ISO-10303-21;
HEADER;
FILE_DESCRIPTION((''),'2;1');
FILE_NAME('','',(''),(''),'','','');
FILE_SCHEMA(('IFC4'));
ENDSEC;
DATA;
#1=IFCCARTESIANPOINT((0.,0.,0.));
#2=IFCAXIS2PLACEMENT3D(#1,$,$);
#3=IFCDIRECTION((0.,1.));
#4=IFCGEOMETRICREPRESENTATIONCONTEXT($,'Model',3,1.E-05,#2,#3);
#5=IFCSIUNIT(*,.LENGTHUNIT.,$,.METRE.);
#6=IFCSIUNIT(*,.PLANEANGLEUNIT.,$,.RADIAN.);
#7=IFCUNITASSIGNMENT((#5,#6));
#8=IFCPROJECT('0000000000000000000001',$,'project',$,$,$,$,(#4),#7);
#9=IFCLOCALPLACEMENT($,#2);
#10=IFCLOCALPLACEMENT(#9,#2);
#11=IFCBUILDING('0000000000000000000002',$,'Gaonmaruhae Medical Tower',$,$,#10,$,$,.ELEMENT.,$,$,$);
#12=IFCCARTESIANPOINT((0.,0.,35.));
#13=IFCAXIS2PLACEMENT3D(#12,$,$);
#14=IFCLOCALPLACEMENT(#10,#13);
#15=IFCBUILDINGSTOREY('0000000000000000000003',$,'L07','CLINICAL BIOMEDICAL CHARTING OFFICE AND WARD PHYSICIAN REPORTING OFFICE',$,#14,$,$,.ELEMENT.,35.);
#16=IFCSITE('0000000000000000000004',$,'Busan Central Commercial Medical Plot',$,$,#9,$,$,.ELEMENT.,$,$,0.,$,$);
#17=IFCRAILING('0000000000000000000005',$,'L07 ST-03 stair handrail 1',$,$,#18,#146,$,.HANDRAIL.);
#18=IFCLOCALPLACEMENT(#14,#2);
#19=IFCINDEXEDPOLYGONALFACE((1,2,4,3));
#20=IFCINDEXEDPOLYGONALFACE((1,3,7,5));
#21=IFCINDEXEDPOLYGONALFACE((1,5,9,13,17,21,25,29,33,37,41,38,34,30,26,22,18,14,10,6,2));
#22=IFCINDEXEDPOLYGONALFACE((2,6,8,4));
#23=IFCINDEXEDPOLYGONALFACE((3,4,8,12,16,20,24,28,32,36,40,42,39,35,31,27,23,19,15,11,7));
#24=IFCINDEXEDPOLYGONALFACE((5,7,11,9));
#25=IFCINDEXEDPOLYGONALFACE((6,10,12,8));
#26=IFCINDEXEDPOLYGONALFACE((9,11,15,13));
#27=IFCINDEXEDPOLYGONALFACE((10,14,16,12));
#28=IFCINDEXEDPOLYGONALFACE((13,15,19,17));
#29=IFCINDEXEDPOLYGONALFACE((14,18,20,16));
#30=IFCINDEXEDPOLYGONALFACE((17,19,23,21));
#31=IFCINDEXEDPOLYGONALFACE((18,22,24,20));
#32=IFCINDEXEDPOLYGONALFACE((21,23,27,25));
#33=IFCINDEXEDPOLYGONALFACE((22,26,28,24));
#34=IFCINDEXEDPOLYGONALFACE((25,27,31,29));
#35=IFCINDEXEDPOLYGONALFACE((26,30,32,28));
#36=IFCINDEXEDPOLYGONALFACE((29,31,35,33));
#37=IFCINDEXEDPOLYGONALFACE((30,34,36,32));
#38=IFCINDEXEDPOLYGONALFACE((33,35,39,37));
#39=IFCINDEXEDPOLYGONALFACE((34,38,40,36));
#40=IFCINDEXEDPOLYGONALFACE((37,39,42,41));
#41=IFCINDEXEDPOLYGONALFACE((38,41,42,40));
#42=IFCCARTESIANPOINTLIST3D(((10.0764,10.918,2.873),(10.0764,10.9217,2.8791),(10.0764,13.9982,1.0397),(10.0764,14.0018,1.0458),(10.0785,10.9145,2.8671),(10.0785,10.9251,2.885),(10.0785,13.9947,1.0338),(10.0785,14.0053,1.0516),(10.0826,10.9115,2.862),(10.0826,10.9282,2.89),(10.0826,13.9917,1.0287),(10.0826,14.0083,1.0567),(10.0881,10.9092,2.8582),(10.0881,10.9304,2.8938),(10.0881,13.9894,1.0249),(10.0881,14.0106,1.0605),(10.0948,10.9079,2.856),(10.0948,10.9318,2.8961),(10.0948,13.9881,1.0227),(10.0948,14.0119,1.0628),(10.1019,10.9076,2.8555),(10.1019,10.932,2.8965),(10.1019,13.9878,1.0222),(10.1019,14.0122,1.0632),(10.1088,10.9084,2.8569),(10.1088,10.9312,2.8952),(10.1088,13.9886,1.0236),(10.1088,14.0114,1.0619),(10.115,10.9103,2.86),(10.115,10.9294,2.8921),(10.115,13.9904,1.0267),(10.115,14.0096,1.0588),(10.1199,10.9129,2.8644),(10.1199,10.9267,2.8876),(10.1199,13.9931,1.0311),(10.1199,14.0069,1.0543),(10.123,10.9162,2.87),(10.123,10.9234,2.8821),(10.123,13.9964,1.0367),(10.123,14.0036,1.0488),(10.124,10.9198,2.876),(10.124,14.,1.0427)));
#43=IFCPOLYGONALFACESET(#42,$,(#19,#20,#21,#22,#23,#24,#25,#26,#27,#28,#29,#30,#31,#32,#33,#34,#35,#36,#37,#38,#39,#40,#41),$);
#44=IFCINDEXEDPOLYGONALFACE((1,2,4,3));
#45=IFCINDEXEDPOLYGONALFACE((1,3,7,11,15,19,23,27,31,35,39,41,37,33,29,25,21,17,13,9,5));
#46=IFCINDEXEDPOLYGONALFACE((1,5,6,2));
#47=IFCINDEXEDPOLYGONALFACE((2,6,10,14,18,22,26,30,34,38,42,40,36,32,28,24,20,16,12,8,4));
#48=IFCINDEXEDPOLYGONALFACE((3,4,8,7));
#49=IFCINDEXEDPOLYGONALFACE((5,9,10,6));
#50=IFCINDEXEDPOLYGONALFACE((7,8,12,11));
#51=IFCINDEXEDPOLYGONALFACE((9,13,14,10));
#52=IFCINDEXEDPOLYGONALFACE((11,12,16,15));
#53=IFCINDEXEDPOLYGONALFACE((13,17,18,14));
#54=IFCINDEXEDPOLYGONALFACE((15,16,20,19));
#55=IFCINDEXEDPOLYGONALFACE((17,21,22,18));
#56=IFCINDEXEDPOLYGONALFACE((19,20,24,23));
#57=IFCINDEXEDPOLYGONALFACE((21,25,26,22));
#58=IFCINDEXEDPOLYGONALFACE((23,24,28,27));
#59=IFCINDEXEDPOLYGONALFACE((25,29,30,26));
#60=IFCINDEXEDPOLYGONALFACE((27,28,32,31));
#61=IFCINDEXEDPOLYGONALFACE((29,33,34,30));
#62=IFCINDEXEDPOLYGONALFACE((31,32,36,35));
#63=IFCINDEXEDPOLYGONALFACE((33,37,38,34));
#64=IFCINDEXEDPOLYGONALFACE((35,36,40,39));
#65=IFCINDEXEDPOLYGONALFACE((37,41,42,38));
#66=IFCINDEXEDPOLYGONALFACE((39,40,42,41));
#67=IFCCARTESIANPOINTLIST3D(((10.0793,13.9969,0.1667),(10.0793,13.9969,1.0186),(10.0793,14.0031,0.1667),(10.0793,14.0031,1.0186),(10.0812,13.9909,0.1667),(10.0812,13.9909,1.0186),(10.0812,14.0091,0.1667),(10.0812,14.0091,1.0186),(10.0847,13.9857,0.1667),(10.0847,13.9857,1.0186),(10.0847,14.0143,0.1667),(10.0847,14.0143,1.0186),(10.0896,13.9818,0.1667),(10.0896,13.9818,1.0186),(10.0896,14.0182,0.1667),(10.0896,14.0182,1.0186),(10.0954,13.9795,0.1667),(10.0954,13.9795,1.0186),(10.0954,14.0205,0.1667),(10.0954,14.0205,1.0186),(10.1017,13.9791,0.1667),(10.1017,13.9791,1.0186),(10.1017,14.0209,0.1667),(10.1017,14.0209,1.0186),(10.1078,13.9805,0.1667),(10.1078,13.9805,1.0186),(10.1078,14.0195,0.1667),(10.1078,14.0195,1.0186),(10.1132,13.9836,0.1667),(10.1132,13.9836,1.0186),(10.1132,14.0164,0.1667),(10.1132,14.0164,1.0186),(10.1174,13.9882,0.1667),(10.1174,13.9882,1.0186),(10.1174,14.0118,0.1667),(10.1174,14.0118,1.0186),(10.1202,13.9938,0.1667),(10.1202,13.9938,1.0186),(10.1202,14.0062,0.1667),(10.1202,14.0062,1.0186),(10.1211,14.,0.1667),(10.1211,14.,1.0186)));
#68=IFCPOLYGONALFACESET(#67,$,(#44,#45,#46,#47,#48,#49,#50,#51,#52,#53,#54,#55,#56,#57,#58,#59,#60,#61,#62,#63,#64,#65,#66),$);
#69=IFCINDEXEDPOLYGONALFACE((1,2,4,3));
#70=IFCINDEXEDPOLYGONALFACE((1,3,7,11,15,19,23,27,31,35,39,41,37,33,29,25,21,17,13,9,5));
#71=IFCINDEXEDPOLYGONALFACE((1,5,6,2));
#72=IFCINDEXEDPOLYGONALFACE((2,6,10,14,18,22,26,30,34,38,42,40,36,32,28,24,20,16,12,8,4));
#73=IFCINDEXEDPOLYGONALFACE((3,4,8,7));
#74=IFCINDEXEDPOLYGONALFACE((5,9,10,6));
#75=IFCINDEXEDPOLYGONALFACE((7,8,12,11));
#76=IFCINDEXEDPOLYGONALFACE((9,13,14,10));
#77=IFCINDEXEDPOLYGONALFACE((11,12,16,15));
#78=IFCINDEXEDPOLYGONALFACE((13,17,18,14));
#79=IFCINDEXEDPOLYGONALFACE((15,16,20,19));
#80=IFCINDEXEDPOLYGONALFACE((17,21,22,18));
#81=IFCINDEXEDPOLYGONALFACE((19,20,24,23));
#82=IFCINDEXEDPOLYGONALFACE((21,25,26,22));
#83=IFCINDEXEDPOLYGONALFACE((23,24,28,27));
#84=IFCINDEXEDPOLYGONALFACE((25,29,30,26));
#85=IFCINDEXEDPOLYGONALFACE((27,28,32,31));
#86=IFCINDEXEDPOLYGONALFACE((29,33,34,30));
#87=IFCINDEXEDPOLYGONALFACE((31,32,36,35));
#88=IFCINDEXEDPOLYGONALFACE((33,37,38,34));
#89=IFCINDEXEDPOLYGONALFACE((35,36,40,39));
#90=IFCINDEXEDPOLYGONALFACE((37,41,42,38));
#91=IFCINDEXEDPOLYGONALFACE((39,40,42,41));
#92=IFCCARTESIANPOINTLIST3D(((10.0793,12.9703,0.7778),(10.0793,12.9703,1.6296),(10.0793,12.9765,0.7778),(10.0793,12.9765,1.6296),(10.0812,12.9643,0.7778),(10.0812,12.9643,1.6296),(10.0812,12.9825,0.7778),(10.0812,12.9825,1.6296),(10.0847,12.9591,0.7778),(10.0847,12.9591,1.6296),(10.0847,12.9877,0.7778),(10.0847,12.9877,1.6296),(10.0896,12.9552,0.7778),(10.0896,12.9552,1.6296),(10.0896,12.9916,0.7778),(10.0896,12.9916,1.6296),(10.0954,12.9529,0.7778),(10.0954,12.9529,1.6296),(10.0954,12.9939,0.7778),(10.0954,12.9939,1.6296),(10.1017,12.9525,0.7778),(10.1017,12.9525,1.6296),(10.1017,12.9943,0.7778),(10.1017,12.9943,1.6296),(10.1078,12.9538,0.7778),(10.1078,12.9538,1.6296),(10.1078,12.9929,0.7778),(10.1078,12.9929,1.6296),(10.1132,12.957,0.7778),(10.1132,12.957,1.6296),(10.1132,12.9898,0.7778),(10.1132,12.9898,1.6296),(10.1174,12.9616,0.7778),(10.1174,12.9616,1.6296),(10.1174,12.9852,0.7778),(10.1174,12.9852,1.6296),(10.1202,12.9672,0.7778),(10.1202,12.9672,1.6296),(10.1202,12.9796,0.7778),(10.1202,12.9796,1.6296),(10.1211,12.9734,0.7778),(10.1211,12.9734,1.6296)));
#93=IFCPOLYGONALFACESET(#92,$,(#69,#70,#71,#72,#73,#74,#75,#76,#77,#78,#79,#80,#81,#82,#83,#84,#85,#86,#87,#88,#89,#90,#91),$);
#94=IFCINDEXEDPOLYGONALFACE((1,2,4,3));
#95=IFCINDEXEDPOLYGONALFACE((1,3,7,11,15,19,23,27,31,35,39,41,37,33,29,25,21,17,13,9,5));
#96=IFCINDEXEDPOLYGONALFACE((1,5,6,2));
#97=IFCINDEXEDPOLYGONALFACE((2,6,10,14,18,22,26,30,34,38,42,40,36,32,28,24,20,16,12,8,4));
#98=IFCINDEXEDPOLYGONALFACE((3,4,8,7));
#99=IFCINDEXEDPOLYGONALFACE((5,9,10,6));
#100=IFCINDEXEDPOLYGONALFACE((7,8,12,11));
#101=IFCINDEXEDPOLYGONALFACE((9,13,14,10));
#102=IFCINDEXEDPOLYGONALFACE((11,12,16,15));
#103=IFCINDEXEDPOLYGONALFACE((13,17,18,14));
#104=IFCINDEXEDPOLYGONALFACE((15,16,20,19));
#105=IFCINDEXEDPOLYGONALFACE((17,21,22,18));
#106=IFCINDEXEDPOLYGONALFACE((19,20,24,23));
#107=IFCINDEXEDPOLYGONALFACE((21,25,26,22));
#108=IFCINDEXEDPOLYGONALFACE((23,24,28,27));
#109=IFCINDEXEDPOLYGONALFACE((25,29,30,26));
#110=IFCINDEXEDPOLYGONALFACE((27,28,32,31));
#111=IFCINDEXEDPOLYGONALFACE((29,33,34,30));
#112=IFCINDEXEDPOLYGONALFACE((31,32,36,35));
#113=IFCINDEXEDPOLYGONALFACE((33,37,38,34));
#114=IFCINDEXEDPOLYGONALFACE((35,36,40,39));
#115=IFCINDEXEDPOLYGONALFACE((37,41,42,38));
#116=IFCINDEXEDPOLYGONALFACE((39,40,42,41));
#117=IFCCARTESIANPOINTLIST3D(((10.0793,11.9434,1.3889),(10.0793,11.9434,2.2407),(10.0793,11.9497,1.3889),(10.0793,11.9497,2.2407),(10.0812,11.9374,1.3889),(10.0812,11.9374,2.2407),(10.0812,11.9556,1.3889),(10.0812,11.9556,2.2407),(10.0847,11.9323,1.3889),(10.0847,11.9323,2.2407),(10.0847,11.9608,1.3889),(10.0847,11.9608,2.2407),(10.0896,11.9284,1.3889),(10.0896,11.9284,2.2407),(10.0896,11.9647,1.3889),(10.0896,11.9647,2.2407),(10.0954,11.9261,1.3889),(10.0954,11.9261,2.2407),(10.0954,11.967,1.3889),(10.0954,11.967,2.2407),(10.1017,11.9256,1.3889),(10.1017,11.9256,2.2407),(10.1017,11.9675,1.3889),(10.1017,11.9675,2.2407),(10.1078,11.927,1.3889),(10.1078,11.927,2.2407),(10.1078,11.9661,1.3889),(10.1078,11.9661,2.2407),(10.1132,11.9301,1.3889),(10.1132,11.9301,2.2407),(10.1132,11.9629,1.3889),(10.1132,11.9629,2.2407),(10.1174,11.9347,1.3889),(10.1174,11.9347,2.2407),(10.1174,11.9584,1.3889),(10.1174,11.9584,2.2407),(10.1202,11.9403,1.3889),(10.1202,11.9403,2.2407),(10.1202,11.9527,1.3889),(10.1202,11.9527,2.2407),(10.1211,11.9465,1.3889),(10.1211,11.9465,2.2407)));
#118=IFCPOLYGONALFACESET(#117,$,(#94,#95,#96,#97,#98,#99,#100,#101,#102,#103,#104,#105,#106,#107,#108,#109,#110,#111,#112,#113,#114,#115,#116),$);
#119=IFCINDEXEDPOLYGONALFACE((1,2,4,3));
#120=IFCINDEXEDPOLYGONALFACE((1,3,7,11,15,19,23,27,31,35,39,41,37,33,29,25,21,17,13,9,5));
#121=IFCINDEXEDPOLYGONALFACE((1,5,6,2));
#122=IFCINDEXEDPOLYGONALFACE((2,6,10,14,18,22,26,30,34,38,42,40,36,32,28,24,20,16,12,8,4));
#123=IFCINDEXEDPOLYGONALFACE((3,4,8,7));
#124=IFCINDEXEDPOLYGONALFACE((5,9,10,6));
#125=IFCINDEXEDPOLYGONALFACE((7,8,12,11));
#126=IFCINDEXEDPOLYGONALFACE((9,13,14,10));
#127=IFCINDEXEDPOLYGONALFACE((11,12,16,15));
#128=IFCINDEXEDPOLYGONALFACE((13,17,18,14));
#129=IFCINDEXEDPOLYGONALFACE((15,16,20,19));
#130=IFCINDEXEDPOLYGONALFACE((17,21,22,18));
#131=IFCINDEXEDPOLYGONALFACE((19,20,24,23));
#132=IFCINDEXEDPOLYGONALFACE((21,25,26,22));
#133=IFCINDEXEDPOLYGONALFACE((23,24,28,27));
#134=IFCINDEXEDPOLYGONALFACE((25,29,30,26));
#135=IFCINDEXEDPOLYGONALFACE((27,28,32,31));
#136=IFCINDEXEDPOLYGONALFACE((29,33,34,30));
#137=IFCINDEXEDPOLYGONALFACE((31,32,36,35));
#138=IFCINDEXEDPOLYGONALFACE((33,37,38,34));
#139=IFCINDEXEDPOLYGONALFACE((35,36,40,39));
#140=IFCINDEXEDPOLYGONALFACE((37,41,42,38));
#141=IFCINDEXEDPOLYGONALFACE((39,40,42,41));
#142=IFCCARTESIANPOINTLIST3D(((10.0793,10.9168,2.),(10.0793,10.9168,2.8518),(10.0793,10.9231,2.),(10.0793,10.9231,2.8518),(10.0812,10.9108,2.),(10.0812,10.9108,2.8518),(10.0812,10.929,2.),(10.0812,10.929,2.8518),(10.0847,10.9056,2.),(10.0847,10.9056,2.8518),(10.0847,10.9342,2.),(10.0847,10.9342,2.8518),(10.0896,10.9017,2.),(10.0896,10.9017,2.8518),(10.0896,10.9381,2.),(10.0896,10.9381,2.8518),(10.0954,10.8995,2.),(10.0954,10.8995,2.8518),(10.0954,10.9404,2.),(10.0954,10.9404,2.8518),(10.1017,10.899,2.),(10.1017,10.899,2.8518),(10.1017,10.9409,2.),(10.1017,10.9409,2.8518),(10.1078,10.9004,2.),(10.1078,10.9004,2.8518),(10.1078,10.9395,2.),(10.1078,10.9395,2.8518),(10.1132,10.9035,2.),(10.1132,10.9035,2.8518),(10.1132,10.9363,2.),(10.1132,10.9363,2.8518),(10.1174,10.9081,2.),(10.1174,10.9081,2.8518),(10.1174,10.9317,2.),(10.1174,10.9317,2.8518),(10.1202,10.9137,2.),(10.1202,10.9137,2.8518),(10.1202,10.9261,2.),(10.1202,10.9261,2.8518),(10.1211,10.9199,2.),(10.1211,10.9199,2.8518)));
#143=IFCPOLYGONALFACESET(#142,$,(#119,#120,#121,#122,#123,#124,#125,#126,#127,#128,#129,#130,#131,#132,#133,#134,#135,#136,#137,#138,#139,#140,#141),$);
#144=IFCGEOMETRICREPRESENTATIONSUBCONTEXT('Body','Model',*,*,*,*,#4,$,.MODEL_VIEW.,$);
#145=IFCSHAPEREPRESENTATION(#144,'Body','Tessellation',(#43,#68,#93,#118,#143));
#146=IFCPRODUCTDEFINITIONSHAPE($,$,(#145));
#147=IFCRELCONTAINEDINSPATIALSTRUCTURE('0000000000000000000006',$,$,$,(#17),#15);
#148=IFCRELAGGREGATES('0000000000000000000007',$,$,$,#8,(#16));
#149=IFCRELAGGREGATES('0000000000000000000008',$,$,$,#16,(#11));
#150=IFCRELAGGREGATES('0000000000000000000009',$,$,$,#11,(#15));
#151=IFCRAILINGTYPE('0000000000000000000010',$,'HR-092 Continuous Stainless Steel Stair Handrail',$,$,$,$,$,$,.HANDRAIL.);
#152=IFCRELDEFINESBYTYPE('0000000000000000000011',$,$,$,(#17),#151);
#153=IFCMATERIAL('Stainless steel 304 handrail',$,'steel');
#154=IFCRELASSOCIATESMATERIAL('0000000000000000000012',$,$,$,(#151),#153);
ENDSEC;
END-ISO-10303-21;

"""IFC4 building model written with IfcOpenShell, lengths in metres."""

from ifc_helpers import new_model, si_unit, direction, frame, origin, origin_2d, place, context, subcontext, project, spatial, circle, extrude, material, type_object, element, save


model = new_model("IFC4")

# Units and contexts
model_context = context("Model", 3, precision=1e-05, world=origin(), true_north=direction((0.0, 1.0)))
body_context = subcontext(model_context, "Body", "Model", "MODEL_VIEW")
ifc_project = project(units=[si_unit("LENGTHUNIT", "METRE"), si_unit("PLANEANGLEUNIT", "RADIAN")], contexts=[model_context])

# Site, building, storey
site_placement = place(None, origin())
site = spatial("IfcSite", under=ifc_project, at=site_placement, Name="Busan Central Commercial Medical Plot", CompositionType="ELEMENT", RefElevation=0.0)
building_placement = place(site_placement, origin())
building = spatial("IfcBuilding", under=site, at=building_placement, Name="Gaonmaruhae Medical Tower", CompositionType="ELEMENT")
storey_placement = place(building_placement, frame((0.0, 0.0, 35.0)))
storey = spatial("IfcBuildingStorey", under=building, at=storey_placement, Name="L07", Description="CLINICAL BIOMEDICAL CHARTING OFFICE AND WARD PHYSICIAN REPORTING OFFICE", CompositionType="ELEMENT", Elevation=35.0)

# Railing
ifc_material_1 = material(Name="Stainless steel 304 handrail", Category="steel")
railing_type_1 = type_object("IfcRailingType", Name="HR-092 Continuous Stainless Steel Stair Handrail", PredefinedType="HANDRAIL", material=ifc_material_1)
railing_1_placement = place(storey_placement, frame((10.1001, 14.0, 0.1667)))
element("IfcRailing", 1, at=railing_1_placement, inside=storey, type_object=railing_type_1, Name="L07 ST-03 stair handrail 1", PredefinedType="HANDRAIL", context=body_context, shape_type="SweptSolid", body=[
    extrude(circle(Radius=0.0239, at=origin_2d()), frame((0.0, 0.0, 0.876), z_axis=(0.0, -0.859309, 0.511458), x_axis=(1.0, 0.0, 0.0)), (0.0, 0.0, 1.0), 3.5845),
    extrude(circle(Radius=0.021, at=origin_2d()), origin(), (0.0, 0.0, 1.0), 0.8518),
    extrude(circle(Radius=0.021, at=origin_2d()), frame((0.0, -1.0266, 0.6111)), (0.0, 0.0, 1.0), 0.8518),
    extrude(circle(Radius=0.021, at=origin_2d()), frame((0.0, -2.0535, 1.2222)), (0.0, 0.0, 1.0), 0.8518),
    extrude(circle(Radius=0.021, at=origin_2d()), frame((0.0, -3.0801, 1.8333)), (0.0, 0.0, 1.0), 0.8518),
])

save(model, "model.ifc")
